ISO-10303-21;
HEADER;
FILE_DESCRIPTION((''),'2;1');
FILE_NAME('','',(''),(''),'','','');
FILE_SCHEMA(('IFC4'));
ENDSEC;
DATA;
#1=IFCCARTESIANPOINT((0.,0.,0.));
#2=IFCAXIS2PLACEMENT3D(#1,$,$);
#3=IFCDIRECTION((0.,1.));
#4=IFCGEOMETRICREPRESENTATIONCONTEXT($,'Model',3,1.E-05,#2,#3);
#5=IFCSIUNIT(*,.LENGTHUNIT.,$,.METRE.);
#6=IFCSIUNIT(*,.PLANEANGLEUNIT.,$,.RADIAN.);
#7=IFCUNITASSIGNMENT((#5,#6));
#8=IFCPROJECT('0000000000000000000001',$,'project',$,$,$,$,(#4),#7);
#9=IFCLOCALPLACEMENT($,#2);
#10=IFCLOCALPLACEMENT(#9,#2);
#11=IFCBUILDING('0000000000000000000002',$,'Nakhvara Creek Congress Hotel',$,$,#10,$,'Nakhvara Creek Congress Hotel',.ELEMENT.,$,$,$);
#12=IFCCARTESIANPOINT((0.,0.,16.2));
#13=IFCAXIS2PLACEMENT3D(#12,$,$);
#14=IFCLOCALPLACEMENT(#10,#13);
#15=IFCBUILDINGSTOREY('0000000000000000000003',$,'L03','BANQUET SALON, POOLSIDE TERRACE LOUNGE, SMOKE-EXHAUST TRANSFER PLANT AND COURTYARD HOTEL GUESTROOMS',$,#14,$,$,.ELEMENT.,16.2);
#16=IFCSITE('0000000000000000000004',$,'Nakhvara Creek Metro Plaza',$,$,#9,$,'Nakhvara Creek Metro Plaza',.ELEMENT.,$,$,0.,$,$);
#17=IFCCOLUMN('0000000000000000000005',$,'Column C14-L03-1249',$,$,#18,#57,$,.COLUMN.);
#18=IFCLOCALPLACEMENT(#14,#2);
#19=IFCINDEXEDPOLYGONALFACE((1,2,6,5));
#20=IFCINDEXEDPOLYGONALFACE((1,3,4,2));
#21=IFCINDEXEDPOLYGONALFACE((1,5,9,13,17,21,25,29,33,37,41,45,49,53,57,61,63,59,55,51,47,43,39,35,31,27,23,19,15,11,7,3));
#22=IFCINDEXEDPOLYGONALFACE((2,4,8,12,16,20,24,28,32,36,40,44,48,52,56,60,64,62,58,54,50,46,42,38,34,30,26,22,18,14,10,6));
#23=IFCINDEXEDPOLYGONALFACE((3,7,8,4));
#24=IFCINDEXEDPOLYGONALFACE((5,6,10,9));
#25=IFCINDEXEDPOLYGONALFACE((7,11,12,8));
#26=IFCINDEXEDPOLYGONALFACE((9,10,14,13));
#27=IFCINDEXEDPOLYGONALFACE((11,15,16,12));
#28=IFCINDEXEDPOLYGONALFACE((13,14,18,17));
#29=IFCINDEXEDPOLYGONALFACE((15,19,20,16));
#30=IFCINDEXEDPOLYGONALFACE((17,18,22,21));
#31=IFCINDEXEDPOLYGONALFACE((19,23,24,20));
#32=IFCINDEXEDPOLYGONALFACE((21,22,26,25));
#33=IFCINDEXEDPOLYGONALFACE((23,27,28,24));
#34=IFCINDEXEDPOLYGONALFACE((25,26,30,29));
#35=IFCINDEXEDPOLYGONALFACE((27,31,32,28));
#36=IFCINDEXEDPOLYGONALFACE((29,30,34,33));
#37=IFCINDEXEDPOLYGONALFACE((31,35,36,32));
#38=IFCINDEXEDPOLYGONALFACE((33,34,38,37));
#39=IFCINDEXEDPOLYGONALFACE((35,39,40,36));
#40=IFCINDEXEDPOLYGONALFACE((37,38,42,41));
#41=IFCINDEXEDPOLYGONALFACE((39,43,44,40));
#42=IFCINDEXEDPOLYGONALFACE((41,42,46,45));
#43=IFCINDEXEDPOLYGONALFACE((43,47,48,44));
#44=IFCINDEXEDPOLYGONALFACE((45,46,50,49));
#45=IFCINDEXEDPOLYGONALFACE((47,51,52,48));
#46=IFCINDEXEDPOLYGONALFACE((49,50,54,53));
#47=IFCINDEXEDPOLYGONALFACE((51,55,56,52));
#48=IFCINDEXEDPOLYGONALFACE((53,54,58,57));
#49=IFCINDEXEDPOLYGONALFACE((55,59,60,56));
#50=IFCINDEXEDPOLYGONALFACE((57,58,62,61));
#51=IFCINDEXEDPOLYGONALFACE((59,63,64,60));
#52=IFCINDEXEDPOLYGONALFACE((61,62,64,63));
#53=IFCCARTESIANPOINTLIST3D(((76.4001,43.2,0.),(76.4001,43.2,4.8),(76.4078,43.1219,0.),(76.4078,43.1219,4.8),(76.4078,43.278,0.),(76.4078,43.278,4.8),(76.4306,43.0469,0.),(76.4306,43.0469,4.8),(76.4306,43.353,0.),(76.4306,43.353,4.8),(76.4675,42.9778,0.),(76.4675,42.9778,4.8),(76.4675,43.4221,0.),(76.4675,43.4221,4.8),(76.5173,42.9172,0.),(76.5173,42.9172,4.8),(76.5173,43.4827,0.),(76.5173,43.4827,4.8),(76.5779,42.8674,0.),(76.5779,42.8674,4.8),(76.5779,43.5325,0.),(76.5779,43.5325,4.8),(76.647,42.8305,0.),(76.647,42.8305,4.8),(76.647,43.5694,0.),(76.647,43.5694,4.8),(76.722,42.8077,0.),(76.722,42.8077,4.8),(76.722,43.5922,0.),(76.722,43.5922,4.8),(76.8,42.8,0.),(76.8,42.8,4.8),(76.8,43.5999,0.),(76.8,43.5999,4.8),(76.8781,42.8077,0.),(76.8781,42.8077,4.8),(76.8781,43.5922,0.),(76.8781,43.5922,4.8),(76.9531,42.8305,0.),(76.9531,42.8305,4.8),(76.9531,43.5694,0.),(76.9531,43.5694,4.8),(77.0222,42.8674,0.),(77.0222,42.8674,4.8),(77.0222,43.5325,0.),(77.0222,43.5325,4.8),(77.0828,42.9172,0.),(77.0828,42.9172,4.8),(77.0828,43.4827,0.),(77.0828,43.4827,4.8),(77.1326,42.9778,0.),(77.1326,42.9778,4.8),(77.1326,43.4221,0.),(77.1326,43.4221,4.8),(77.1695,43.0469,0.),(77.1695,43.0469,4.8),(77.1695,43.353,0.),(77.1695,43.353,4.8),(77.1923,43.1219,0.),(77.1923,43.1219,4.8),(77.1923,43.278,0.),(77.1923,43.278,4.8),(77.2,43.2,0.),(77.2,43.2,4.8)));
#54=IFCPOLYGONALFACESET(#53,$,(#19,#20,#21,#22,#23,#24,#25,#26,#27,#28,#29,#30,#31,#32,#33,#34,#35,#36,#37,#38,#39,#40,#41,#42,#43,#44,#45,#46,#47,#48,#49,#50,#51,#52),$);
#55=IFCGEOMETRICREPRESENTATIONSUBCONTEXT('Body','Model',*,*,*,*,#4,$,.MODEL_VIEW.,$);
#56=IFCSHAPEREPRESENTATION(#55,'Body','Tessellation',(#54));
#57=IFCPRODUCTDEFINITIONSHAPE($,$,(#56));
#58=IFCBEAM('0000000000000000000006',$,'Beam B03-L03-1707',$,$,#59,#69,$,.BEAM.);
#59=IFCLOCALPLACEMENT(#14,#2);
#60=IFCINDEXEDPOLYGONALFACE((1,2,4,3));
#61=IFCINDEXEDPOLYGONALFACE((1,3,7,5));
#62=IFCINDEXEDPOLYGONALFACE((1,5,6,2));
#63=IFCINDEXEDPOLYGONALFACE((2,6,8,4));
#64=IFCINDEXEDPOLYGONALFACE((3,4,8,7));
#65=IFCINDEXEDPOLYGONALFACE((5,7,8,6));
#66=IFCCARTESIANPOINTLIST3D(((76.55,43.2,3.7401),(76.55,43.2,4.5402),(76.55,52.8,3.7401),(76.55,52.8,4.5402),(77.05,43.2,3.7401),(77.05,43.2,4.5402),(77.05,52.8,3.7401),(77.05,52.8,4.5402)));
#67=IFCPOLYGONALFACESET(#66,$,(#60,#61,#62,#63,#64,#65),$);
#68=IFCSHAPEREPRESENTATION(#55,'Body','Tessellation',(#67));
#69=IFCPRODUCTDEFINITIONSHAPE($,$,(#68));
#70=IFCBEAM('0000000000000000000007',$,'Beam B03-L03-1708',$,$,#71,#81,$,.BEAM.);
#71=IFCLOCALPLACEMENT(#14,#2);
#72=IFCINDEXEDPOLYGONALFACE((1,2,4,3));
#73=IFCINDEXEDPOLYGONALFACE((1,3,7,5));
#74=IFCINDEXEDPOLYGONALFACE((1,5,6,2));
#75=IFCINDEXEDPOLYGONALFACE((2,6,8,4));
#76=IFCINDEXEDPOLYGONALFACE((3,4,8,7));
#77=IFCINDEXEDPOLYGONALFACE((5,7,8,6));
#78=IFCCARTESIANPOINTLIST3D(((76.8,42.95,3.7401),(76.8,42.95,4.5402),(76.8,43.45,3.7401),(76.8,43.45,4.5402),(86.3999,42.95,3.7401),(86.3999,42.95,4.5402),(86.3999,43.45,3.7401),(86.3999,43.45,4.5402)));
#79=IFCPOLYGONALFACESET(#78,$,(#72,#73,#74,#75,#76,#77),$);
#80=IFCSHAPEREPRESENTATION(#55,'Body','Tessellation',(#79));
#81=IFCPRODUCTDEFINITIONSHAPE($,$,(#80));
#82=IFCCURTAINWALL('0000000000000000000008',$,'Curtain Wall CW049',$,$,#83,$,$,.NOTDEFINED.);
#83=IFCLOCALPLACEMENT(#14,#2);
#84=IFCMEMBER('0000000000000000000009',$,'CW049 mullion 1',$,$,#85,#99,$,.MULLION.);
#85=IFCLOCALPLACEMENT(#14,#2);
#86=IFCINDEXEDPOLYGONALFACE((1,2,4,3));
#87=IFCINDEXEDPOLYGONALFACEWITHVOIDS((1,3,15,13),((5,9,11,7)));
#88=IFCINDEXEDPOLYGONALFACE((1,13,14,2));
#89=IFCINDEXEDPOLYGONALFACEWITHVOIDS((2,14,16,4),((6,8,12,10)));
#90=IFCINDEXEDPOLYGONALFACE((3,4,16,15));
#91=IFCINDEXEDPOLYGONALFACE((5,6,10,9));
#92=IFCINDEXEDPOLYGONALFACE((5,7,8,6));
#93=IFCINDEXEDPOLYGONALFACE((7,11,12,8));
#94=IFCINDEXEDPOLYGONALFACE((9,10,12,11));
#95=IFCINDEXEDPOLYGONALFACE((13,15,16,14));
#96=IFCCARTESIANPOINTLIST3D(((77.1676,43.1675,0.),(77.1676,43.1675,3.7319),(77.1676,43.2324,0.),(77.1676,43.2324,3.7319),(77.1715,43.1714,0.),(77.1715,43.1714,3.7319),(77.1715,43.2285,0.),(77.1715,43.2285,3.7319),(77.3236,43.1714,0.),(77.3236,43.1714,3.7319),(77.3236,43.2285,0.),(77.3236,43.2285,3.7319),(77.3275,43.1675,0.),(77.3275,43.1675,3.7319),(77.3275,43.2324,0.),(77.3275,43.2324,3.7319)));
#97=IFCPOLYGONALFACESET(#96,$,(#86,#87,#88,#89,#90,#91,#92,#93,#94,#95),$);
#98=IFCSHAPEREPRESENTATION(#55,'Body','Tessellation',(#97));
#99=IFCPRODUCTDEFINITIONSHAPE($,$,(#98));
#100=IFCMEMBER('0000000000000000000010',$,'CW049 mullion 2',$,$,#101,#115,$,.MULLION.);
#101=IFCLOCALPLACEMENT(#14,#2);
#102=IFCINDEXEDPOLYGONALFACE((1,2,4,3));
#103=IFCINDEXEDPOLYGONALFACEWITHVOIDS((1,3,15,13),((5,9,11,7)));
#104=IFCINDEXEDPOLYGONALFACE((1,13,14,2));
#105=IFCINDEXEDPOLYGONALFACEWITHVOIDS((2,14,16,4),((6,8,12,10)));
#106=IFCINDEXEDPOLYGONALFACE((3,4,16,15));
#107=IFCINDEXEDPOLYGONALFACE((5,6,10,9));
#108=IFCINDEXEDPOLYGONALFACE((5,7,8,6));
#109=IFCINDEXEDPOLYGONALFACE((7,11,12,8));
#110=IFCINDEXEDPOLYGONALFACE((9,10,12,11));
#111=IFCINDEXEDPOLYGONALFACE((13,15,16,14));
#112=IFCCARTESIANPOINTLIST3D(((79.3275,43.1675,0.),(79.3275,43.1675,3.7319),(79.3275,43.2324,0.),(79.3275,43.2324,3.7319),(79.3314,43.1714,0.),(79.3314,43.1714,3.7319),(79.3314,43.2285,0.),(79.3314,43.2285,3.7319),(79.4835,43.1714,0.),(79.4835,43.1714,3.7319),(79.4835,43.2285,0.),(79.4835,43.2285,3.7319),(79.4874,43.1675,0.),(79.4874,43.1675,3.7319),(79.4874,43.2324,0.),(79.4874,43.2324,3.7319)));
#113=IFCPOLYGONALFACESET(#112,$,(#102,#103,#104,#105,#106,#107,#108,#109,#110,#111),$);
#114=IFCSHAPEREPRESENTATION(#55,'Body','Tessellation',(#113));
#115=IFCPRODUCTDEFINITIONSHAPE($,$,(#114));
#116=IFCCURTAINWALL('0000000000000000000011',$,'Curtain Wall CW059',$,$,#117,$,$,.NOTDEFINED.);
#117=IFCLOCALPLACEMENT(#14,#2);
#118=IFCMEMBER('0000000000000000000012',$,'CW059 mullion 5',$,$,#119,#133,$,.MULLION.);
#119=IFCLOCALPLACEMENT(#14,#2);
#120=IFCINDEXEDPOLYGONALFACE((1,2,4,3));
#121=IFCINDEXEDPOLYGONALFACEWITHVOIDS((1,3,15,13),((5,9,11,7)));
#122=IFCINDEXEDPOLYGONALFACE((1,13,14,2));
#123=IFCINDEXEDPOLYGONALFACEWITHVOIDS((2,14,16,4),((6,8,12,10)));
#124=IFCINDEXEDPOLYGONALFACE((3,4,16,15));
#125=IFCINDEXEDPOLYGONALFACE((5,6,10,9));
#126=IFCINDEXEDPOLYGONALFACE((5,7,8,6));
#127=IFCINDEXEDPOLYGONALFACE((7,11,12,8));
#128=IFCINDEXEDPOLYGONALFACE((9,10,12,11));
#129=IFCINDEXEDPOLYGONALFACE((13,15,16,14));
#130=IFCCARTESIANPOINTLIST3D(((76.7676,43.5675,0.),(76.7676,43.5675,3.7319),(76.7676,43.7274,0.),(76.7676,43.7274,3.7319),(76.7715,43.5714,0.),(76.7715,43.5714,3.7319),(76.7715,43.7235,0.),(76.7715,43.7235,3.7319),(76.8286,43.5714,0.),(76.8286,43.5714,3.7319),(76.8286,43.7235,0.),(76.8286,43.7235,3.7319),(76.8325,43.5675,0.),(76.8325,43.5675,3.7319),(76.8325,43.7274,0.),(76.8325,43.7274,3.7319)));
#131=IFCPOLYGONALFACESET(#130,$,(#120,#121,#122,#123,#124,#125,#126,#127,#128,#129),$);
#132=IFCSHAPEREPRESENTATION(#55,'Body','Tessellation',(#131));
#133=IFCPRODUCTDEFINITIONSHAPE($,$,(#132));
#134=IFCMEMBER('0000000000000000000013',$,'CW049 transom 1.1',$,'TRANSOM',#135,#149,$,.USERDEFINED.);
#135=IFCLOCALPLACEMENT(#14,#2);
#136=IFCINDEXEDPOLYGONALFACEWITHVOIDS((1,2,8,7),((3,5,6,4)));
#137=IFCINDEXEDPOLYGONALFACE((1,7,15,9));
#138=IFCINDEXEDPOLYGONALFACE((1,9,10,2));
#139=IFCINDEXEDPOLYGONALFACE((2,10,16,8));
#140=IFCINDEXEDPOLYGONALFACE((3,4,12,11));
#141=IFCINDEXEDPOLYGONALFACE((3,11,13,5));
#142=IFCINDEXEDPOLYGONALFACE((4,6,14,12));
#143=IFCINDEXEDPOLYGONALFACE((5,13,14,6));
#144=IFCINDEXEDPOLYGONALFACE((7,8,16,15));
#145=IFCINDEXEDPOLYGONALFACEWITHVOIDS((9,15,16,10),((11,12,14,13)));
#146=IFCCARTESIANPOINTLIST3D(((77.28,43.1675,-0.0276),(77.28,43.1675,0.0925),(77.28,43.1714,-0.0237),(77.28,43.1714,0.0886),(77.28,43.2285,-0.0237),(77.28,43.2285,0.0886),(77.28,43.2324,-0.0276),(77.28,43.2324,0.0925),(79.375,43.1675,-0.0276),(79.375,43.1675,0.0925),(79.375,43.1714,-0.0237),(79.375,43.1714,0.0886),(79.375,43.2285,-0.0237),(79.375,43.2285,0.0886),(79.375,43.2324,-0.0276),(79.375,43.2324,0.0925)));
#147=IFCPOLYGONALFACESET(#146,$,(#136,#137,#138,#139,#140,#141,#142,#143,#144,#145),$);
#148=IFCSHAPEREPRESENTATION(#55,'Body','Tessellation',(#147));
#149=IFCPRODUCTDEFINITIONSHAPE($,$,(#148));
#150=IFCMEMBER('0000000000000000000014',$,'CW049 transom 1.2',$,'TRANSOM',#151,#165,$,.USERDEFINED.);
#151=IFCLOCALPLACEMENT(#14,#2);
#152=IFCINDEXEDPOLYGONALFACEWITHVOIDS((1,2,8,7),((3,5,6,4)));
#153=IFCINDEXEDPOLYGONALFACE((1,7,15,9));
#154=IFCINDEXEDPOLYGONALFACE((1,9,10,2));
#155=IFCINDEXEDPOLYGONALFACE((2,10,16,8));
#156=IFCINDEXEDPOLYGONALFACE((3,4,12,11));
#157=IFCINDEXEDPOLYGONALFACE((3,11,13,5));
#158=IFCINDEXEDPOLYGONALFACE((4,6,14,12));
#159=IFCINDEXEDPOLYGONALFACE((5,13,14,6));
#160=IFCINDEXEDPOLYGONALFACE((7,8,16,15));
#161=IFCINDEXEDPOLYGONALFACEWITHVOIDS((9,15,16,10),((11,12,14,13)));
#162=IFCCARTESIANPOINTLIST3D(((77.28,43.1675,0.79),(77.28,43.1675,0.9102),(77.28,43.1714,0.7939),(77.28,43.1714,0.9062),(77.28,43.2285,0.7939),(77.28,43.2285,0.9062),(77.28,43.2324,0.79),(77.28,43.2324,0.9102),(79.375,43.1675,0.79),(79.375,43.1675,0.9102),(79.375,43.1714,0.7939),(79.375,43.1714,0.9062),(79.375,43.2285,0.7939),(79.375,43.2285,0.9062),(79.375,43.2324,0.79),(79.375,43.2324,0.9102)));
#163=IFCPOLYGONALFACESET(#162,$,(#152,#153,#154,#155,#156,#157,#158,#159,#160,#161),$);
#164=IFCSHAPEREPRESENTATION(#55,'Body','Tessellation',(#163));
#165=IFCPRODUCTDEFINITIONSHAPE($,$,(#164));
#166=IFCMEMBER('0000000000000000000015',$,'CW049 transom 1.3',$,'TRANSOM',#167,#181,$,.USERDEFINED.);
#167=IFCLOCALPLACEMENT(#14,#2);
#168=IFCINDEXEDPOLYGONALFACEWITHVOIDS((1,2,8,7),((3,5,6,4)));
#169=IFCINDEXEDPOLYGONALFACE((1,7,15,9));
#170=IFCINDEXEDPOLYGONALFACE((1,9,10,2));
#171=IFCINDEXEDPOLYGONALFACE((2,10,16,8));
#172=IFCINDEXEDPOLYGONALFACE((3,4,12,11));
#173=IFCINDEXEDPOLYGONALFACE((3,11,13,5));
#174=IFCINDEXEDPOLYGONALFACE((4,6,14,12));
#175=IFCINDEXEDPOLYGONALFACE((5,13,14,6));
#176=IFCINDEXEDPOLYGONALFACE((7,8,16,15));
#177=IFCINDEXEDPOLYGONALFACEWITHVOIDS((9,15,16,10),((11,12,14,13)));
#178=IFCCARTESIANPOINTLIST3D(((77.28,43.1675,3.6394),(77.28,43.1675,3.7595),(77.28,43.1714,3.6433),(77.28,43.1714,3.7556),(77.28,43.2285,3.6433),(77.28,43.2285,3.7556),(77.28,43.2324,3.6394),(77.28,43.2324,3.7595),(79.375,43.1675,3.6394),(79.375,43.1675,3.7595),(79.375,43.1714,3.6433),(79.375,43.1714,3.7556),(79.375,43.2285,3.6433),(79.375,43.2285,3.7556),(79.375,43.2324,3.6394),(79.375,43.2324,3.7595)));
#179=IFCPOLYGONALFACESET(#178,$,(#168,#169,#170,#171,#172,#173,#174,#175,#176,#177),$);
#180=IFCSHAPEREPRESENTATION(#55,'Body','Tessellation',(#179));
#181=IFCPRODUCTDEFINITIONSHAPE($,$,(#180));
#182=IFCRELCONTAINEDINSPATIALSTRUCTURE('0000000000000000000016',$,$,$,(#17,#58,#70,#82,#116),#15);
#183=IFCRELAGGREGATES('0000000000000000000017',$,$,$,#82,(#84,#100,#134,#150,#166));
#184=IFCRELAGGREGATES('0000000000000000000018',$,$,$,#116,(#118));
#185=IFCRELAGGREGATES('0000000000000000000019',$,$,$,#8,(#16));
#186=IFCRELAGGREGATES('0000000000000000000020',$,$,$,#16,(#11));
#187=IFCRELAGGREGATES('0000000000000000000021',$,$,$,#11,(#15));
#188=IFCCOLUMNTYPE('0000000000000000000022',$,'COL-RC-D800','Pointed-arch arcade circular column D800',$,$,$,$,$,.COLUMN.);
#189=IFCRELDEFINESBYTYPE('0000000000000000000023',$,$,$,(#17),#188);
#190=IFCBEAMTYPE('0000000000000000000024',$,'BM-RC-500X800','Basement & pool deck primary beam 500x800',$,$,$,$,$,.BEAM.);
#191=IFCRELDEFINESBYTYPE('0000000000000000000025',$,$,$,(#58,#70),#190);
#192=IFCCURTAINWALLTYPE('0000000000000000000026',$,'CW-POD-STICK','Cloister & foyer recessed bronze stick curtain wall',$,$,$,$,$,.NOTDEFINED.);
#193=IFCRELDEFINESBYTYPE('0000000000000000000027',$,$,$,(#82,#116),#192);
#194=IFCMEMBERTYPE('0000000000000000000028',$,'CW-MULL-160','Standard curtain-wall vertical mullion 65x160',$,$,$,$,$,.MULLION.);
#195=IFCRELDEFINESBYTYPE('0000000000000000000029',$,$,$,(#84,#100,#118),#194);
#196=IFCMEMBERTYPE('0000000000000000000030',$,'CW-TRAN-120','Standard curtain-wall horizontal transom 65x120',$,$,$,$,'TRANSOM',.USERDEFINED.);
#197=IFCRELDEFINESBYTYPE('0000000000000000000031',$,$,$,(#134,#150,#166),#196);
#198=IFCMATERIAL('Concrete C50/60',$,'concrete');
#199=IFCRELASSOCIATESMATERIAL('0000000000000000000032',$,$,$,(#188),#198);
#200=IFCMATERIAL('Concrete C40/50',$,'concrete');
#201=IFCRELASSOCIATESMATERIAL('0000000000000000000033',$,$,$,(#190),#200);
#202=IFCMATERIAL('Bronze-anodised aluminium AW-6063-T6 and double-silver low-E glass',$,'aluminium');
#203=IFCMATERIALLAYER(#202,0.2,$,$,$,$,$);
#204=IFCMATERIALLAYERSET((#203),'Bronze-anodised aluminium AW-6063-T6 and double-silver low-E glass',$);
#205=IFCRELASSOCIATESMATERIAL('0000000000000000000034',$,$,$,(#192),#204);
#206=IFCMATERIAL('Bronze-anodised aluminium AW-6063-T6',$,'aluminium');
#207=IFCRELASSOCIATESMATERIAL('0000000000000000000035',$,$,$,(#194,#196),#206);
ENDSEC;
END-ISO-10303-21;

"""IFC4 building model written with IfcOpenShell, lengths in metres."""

from ifc_helpers import new_model, si_unit, direction, frame, origin, origin_2d, place, context, subcontext, project, spatial, rectangle, hollow_rectangle, circle, extrude, material, layer, layer_set, material_profile, profile_set, type_object, element, aggregate, save


model = new_model("IFC4")

# Units and contexts
model_context = context("Model", 3, precision=1e-05, world=origin(), true_north=direction((0.0, 1.0)))
body_context = subcontext(model_context, "Body", "Model", "MODEL_VIEW")
ifc_project = project(units=[si_unit("LENGTHUNIT", "METRE"), si_unit("PLANEANGLEUNIT", "RADIAN")], contexts=[model_context])

# Site, building, storey
site_placement = place(None, origin())
site = spatial("IfcSite", under=ifc_project, at=site_placement, Name="Nakhvara Creek Metro Plaza", LongName="Nakhvara Creek Metro Plaza", CompositionType="ELEMENT", RefElevation=0.0)
building_placement = place(site_placement, origin())
building = spatial("IfcBuilding", under=site, at=building_placement, Name="Nakhvara Creek Congress Hotel", LongName="Nakhvara Creek Congress Hotel", CompositionType="ELEMENT")
storey_placement = place(building_placement, frame((0.0, 0.0, 16.2)))
storey = spatial("IfcBuildingStorey", under=building, at=storey_placement, Name="L03", Description="BANQUET SALON, POOLSIDE TERRACE LOUNGE, SMOKE-EXHAUST TRANSFER PLANT AND COURTYARD HOTEL GUESTROOMS", CompositionType="ELEMENT", Elevation=16.2)

# Column
ifc_material_1 = material(Name="Concrete C50/60", Category="concrete")
ifc_material_profile_1 = material_profile(ifc_material_1, circle(Radius=0.3999, at=origin_2d()), Name="RC-COL D800", Category="LoadBearing")
ifc_profile_set_1 = profile_set([ifc_material_profile_1], Name="Concrete C50/60")
column_type = type_object("IfcColumnType", Name="COL-RC-D800", Description="Pointed-arch arcade circular column D800", PredefinedType="COLUMN", material=ifc_profile_set_1)
column_placement = place(storey_placement, frame((76.8, 43.2, 0.0), z_axis=(0.0, 0.0, 1.0), x_axis=(1.0, 0.0, 0.0)))
element("IfcColumn", 1, at=column_placement, inside=storey, type_object=column_type, Name="Column C14-L03-1249", PredefinedType="COLUMN", context=body_context, shape_type="SweptSolid", body=[
    extrude(circle(Radius=0.3999, at=origin_2d()), origin(), (0.0, 0.0, 1.0), 4.8),
])

# Beams
ifc_material_2 = material(Name="Concrete C40/50", Category="concrete")
ifc_material_profile_2 = material_profile(ifc_material_2, rectangle(XDim=0.5, YDim=0.8, at=origin_2d()), Name="RC-BM 500x800", Category="LoadBearing")
ifc_profile_set_2 = profile_set([ifc_material_profile_2], Name="Concrete C40/50")
beam_type = type_object("IfcBeamType", Name="BM-RC-500X800", Description="Basement & pool deck primary beam 500x800", PredefinedType="BEAM", material=ifc_profile_set_2)
beam_1_placement = place(storey_placement, frame((76.8, 43.2, 4.1401), z_axis=(0.0, 1.0, 0.0), x_axis=(-1.0, 0.0, 0.0)))
element("IfcBeam", 2, at=beam_1_placement, inside=storey, type_object=beam_type, Name="Beam B03-L03-1707", PredefinedType="BEAM", context=body_context, shape_type="SweptSolid", body=[
    extrude(rectangle(XDim=0.5, YDim=0.8, at=origin_2d()), origin(), (0.0, 0.0, 1.0), 9.6001),
])
beam_2_placement = place(storey_placement, frame((76.8, 43.2, 4.1401), z_axis=(1.0, 0.0, 0.0), x_axis=(0.0, 1.0, 0.0)))
element("IfcBeam", 3, at=beam_2_placement, inside=storey, type_object=beam_type, Name="Beam B03-L03-1708", PredefinedType="BEAM", context=body_context, shape_type="SweptSolid", body=[
    extrude(rectangle(XDim=0.5, YDim=0.8, at=origin_2d()), origin(), (0.0, 0.0, 1.0), 9.5999),
])

# Curtain wall, members
ifc_material_3 = material(Name="Bronze-anodised aluminium AW-6063-T6 and double-silver low-E glass", Category="aluminium")
ifc_layer = layer(ifc_material_3, 0.2)
ifc_layer_set = layer_set([ifc_layer], Name="Bronze-anodised aluminium AW-6063-T6 and double-silver low-E glass")
curtain_wall_type = type_object("IfcCurtainWallType", Name="CW-POD-STICK", Description="Cloister & foyer recessed bronze stick curtain wall", PredefinedType="NOTDEFINED", material=ifc_layer_set)
curtain_wall_1_placement = place(storey_placement, origin())
curtain_wall_1 = element("IfcCurtainWall", 4, at=curtain_wall_1_placement, inside=storey, type_object=curtain_wall_type, Name="Curtain Wall CW049", PredefinedType="NOTDEFINED")
ifc_material_4 = material(Name="Bronze-anodised aluminium AW-6063-T6", Category="aluminium")
ifc_material_profile_3 = material_profile(ifc_material_4, hollow_rectangle(XDim=0.0649, YDim=0.1599, WallThickness=0.0039, at=origin_2d()), Name="ALU-MULL 65x160x4", Category="LoadBearing")
ifc_profile_set_3 = profile_set([ifc_material_profile_3], Name="Bronze-anodised aluminium AW-6063-T6")
member_type_1 = type_object("IfcMemberType", Name="CW-MULL-160", Description="Standard curtain-wall vertical mullion 65x160", PredefinedType="MULLION", material=ifc_profile_set_3)
member_1_placement = place(storey_placement, frame((77.2476, 43.2, 0.0), z_axis=(0.0, 0.0, 1.0), x_axis=(0.0, 1.0, 0.0)))
member_1 = element("IfcMember", 5, at=member_1_placement, type_object=member_type_1, Name="CW049 mullion 1", PredefinedType="MULLION", context=body_context, shape_type="SweptSolid", body=[
    extrude(hollow_rectangle(XDim=0.0649, YDim=0.1599, WallThickness=0.0039, at=origin_2d()), origin(), (0.0, 0.0, 1.0), 3.7319),
])
member_2_placement = place(storey_placement, frame((79.4075, 43.2, 0.0), z_axis=(0.0, 0.0, 1.0), x_axis=(0.0, 1.0, 0.0)))
member_2 = element("IfcMember", 6, at=member_2_placement, type_object=member_type_1, Name="CW049 mullion 2", PredefinedType="MULLION", context=body_context, shape_type="SweptSolid", body=[
    extrude(hollow_rectangle(XDim=0.0649, YDim=0.1599, WallThickness=0.0039, at=origin_2d()), origin(), (0.0, 0.0, 1.0), 3.7319),
])

# Curtain wall, member
curtain_wall_2_placement = place(storey_placement, origin())
curtain_wall_2 = element("IfcCurtainWall", 7, at=curtain_wall_2_placement, inside=storey, type_object=curtain_wall_type, Name="Curtain Wall CW059", PredefinedType="NOTDEFINED")
member_3_placement = place(storey_placement, frame((76.8, 43.6475, 0.0), z_axis=(0.0, 0.0, 1.0), x_axis=(1.0, 0.0, 0.0)))
member_3 = element("IfcMember", 8, at=member_3_placement, type_object=member_type_1, Name="CW059 mullion 5", PredefinedType="MULLION", context=body_context, shape_type="SweptSolid", body=[
    extrude(hollow_rectangle(XDim=0.0649, YDim=0.1599, WallThickness=0.0039, at=origin_2d()), origin(), (0.0, 0.0, 1.0), 3.7319),
])

# Members
ifc_material_profile_4 = material_profile(ifc_material_4, hollow_rectangle(XDim=0.0649, YDim=0.1201, WallThickness=0.0039, at=origin_2d()), Name="ALU-TRAN 65x120x4", Category="LoadBearing")
ifc_profile_set_4 = profile_set([ifc_material_profile_4], Name="Bronze-anodised aluminium AW-6063-T6")
member_type_2 = type_object("IfcMemberType", Name="CW-TRAN-120", Description="Standard curtain-wall horizontal transom 65x120", ElementType="TRANSOM", PredefinedType="USERDEFINED", material=ifc_profile_set_4)
member_4_placement = place(storey_placement, frame((77.28, 43.2, 0.0325), z_axis=(1.0, 0.0, 0.0), x_axis=(0.0, 1.0, 0.0)))
member_4 = element("IfcMember", 9, at=member_4_placement, type_object=member_type_2, Name="CW049 transom 1.1", ObjectType="TRANSOM", PredefinedType="USERDEFINED", context=body_context, shape_type="SweptSolid", body=[
    extrude(hollow_rectangle(XDim=0.0649, YDim=0.1201, WallThickness=0.0039, at=origin_2d()), origin(), (0.0, 0.0, 1.0), 2.095),
])
member_5_placement = place(storey_placement, frame((77.28, 43.2, 0.8501), z_axis=(1.0, 0.0, 0.0), x_axis=(0.0, 1.0, 0.0)))
member_5 = element("IfcMember", 10, at=member_5_placement, type_object=member_type_2, Name="CW049 transom 1.2", ObjectType="TRANSOM", PredefinedType="USERDEFINED", context=body_context, shape_type="SweptSolid", body=[
    extrude(hollow_rectangle(XDim=0.0649, YDim=0.1201, WallThickness=0.0039, at=origin_2d()), origin(), (0.0, 0.0, 1.0), 2.095),
])
member_6_placement = place(storey_placement, frame((77.28, 43.2, 3.6995), z_axis=(1.0, 0.0, 0.0), x_axis=(0.0, 1.0, 0.0)))
member_6 = element("IfcMember", 11, at=member_6_placement, type_object=member_type_2, Name="CW049 transom 1.3", ObjectType="TRANSOM", PredefinedType="USERDEFINED", context=body_context, shape_type="SweptSolid", body=[
    extrude(hollow_rectangle(XDim=0.0649, YDim=0.1201, WallThickness=0.0039, at=origin_2d()), origin(), (0.0, 0.0, 1.0), 2.095),
])

aggregate(curtain_wall_1, [member_1, member_2, member_4, member_5, member_6])
aggregate(curtain_wall_2, [member_3])

save(model, "model.ifc")
